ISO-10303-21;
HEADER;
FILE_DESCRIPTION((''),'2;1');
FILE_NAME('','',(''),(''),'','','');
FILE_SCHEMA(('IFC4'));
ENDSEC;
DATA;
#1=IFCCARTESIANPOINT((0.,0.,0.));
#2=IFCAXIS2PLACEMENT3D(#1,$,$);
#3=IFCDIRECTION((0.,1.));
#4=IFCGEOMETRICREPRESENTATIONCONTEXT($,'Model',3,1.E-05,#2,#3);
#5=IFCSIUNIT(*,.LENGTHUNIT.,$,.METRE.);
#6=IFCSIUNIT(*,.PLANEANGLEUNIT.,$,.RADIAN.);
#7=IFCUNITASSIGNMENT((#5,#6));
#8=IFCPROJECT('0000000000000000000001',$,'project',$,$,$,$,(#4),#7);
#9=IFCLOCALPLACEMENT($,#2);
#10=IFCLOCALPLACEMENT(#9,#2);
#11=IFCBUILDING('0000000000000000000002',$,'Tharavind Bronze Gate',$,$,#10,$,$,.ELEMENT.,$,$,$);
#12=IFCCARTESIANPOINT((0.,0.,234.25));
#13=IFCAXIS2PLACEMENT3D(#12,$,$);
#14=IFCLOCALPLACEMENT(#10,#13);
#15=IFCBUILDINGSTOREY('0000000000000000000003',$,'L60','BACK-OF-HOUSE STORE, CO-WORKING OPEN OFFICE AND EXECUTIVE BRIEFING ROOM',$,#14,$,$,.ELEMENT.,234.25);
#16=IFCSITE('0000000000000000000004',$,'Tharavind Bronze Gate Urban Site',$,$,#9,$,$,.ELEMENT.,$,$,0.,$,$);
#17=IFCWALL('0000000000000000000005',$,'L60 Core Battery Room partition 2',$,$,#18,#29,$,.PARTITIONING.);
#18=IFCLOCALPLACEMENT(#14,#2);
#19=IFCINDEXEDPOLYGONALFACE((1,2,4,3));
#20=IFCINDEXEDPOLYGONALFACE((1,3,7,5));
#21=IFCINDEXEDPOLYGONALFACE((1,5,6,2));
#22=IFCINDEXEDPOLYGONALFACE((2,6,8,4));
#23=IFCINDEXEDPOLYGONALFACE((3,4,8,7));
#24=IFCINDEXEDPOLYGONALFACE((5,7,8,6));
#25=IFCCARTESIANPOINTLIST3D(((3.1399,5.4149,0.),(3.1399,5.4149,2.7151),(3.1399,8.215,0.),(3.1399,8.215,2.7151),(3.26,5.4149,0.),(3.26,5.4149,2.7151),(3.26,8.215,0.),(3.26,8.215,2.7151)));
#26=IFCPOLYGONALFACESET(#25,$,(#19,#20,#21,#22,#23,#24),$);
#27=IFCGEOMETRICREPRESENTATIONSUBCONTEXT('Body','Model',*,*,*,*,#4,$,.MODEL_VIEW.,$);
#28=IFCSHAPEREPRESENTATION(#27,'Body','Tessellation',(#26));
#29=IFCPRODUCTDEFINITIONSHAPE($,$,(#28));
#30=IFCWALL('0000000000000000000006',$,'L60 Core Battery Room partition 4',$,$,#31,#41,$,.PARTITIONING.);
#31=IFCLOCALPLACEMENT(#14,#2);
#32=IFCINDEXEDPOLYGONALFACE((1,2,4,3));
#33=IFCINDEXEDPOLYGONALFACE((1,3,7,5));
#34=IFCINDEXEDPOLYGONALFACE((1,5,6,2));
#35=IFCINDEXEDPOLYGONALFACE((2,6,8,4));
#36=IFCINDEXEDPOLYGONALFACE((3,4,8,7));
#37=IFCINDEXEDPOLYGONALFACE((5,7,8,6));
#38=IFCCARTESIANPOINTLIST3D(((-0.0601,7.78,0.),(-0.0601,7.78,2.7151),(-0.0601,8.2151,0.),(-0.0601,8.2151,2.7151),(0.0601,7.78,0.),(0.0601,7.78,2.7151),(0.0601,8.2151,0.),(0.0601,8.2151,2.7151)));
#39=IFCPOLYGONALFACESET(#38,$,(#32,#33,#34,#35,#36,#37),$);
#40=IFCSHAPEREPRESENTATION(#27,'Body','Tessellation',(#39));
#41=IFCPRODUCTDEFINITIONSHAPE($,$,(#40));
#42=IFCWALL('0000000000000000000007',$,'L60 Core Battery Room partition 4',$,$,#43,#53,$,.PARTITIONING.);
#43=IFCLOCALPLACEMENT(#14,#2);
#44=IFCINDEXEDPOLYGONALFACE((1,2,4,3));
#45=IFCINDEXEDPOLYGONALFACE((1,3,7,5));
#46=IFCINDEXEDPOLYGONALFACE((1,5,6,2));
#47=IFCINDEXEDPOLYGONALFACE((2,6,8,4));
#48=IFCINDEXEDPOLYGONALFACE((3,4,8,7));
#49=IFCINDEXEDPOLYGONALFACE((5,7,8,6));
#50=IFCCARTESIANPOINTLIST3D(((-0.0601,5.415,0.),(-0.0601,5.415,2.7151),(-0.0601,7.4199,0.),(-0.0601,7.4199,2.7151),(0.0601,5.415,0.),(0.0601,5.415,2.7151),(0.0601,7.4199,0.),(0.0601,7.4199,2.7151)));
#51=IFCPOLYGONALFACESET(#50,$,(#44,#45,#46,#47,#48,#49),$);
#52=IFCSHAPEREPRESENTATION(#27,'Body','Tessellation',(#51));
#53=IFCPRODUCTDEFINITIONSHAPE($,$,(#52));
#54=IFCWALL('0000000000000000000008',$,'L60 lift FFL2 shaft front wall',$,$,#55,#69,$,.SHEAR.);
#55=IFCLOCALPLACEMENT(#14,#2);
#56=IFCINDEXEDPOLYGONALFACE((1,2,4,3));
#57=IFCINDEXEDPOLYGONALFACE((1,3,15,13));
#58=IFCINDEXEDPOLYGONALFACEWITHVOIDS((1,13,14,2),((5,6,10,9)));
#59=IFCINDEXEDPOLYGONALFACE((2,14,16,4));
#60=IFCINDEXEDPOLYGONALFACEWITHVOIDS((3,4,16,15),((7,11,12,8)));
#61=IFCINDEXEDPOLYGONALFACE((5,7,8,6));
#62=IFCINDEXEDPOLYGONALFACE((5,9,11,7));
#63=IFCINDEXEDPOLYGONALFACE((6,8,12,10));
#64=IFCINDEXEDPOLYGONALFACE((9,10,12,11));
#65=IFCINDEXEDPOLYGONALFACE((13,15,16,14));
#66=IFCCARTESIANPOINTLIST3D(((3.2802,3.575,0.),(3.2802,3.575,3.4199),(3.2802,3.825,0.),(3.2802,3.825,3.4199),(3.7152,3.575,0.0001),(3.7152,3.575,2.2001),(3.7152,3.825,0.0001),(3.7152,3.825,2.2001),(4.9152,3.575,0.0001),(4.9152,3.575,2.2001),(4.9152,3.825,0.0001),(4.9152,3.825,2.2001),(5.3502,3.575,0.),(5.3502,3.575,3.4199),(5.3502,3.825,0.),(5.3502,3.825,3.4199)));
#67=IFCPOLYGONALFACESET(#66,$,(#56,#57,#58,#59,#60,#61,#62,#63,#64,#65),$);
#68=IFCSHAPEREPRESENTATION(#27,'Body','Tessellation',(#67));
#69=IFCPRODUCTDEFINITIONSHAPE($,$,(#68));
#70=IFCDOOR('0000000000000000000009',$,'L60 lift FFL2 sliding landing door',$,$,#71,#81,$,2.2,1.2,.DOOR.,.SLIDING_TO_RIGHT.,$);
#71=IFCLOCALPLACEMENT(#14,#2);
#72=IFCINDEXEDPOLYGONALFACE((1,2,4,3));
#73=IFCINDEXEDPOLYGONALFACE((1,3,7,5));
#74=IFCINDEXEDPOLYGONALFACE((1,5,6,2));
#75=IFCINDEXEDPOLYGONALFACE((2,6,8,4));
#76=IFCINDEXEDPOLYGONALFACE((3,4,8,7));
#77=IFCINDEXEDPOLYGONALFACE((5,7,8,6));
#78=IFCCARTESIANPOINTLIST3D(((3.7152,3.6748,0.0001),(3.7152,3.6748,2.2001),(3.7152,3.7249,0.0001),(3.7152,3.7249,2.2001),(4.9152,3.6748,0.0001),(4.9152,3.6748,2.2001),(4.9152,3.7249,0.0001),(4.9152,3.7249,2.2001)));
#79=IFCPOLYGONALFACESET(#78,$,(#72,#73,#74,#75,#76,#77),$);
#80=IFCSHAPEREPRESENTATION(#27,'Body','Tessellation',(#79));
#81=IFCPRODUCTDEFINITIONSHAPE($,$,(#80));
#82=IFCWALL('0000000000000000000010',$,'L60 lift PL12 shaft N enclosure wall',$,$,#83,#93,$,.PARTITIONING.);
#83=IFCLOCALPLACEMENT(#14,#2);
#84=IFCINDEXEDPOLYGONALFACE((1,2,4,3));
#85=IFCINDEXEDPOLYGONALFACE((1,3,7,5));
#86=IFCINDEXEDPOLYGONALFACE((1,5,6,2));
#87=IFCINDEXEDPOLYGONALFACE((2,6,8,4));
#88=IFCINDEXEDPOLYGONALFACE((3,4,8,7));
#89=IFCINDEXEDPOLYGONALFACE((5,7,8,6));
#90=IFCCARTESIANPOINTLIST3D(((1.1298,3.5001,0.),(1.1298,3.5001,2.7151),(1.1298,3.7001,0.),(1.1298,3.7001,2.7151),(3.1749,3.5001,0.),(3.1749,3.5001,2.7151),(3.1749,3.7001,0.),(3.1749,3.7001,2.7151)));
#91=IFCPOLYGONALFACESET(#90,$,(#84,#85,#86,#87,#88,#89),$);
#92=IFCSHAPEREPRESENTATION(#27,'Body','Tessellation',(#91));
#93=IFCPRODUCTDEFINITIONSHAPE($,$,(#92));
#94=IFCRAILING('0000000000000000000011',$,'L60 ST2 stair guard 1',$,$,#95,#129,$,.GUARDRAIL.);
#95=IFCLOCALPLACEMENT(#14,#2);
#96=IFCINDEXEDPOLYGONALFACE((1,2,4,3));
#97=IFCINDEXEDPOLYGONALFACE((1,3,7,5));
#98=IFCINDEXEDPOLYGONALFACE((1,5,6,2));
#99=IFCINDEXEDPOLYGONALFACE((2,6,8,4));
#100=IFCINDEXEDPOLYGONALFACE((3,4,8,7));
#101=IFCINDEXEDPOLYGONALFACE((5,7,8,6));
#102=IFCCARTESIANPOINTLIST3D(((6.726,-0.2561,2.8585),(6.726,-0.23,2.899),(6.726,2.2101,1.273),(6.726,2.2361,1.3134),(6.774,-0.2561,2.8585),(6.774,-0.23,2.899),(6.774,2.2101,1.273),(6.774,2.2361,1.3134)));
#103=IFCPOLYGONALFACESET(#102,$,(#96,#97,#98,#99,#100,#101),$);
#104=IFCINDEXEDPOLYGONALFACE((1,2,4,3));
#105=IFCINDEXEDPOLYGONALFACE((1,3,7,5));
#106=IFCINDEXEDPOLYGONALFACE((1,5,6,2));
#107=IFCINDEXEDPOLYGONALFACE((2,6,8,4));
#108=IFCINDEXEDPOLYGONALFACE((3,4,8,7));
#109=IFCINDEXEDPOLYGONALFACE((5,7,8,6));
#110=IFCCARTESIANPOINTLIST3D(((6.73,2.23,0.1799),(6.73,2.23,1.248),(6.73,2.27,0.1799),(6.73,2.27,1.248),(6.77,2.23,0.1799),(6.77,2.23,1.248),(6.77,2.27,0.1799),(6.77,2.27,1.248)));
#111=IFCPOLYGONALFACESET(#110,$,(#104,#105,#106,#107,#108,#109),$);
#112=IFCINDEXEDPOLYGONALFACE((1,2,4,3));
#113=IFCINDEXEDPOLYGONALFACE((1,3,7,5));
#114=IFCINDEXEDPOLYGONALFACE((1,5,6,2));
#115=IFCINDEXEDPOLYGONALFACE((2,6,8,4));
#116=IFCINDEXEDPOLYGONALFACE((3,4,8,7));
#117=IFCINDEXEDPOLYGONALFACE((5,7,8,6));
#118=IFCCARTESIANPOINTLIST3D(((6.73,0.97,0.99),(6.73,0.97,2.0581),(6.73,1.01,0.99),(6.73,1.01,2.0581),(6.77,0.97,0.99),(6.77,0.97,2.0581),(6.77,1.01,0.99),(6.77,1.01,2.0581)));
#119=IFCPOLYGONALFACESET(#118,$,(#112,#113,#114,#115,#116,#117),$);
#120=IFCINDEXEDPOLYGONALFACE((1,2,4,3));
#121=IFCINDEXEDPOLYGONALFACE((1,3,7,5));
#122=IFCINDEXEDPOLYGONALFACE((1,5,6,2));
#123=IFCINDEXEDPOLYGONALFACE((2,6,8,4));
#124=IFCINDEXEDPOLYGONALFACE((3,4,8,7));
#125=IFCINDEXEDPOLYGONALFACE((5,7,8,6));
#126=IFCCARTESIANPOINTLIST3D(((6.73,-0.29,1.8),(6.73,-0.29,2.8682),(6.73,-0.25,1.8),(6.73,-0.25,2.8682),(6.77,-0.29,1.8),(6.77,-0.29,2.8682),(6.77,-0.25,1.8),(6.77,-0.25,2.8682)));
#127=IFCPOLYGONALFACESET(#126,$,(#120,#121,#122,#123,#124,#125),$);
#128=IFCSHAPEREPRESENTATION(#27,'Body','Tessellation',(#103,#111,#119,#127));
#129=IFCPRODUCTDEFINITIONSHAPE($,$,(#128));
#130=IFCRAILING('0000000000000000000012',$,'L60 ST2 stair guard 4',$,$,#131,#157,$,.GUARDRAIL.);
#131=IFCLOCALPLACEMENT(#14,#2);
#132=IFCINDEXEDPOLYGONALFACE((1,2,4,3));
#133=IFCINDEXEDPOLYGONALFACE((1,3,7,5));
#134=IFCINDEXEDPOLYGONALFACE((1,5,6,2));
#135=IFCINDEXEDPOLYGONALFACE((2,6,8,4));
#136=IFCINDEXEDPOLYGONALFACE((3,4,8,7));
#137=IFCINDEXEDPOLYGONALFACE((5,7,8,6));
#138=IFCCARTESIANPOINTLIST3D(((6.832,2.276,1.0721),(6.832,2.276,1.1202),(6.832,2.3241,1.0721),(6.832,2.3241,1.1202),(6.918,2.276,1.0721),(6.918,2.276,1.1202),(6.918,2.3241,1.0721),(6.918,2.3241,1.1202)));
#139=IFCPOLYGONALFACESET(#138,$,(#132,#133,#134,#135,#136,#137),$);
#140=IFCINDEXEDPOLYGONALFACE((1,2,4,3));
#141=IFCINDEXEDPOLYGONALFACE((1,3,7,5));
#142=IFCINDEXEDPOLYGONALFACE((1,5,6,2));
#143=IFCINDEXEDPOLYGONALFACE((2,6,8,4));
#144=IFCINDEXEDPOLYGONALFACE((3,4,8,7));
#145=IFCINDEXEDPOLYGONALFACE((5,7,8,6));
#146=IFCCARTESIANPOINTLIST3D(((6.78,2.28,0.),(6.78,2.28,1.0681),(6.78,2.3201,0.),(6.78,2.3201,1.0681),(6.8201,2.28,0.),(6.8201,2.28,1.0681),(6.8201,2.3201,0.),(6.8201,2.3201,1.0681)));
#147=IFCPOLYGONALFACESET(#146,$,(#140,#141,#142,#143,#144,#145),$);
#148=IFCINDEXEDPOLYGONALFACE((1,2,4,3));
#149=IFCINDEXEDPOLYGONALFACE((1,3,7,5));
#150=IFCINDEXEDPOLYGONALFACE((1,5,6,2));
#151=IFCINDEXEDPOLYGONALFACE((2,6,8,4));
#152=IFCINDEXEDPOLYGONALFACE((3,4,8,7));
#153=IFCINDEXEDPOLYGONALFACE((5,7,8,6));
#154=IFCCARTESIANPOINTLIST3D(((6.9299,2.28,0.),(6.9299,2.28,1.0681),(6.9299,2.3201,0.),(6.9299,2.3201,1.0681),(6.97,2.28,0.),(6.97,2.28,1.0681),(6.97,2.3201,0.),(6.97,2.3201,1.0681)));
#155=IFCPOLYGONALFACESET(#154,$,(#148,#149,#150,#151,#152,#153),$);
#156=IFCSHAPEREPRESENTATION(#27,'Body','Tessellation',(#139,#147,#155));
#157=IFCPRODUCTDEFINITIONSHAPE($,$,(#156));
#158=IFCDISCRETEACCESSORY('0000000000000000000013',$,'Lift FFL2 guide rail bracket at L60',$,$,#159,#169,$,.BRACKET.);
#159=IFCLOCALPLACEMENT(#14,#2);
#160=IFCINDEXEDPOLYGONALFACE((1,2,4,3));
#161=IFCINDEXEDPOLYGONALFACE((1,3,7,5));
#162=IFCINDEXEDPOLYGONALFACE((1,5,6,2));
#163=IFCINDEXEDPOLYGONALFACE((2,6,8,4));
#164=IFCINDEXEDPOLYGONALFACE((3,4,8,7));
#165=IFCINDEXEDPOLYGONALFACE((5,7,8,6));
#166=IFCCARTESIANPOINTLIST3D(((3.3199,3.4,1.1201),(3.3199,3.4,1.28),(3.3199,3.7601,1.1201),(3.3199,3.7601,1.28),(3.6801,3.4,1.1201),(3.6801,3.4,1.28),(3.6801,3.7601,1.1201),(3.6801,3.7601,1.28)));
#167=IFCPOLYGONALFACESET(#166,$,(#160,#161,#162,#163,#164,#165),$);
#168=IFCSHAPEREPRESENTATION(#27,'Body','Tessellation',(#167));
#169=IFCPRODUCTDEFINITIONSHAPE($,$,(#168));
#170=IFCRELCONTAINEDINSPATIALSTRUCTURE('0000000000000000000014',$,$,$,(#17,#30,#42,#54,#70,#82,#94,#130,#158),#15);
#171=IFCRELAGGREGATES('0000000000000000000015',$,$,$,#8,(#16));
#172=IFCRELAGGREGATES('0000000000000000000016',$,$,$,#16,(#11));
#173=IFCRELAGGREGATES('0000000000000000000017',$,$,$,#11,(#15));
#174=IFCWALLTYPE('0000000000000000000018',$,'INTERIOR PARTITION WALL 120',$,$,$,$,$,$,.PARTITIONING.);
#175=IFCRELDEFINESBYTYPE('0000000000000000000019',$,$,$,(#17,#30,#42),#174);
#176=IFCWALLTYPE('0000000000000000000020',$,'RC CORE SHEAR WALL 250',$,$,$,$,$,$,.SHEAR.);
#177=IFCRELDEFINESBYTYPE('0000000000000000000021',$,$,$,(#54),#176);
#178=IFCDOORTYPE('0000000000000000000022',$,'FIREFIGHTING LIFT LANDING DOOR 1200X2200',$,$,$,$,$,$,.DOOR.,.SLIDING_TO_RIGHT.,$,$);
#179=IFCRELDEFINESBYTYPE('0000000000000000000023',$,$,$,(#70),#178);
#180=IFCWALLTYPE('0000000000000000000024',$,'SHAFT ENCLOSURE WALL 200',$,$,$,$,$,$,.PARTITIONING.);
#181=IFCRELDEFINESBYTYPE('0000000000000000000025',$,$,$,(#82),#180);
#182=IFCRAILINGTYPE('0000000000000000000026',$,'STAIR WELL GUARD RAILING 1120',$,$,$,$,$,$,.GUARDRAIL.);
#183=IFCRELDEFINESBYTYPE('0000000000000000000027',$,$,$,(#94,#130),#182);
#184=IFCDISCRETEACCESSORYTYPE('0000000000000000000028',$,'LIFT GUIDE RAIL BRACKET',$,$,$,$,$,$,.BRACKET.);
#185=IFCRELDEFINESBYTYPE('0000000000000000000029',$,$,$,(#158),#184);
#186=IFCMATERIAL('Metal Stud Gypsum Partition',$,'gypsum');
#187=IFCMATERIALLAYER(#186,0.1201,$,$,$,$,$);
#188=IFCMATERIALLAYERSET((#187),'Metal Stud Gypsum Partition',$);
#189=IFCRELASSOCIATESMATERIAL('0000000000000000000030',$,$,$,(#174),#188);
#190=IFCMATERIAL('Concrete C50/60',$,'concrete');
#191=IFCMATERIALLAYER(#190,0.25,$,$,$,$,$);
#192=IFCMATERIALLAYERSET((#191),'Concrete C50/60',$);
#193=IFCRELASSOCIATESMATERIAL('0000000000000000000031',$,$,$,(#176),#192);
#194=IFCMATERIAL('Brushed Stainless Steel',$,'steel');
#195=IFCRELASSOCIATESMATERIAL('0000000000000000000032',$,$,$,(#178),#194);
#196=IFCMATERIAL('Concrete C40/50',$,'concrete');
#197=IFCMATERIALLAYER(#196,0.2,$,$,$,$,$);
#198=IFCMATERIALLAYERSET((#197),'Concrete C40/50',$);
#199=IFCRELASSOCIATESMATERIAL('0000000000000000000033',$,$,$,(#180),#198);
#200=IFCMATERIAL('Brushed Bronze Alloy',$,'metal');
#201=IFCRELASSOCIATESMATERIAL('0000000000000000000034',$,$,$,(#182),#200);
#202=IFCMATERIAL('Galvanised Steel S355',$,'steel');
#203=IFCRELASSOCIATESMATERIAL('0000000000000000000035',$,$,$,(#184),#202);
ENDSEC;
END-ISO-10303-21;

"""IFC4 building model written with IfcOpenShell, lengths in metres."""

from ifc_helpers import new_model, si_unit, direction, frame, frame_2d, origin, origin_2d, place, context, subcontext, project, spatial, rectangle, extrude, material, layer, layer_set, type_object, element, fill, save


model = new_model("IFC4")

# Units and contexts
model_context = context("Model", 3, precision=1e-05, world=origin(), true_north=direction((0.0, 1.0)))
body_context = subcontext(model_context, "Body", "Model", "MODEL_VIEW")
ifc_project = project(units=[si_unit("LENGTHUNIT", "METRE"), si_unit("PLANEANGLEUNIT", "RADIAN")], contexts=[model_context])

# Site, building, storey
site_placement = place(None, origin())
site = spatial("IfcSite", under=ifc_project, at=site_placement, Name="Tharavind Bronze Gate Urban Site", CompositionType="ELEMENT", RefElevation=0.0)
building_placement = place(site_placement, origin())
building = spatial("IfcBuilding", under=site, at=building_placement, Name="Tharavind Bronze Gate", CompositionType="ELEMENT")
storey_placement = place(building_placement, frame((0.0, 0.0, 234.25)))
storey = spatial("IfcBuildingStorey", under=building, at=storey_placement, Name="L60", Description="BACK-OF-HOUSE STORE, CO-WORKING OPEN OFFICE AND EXECUTIVE BRIEFING ROOM", CompositionType="ELEMENT", Elevation=234.25)

# Shared definitions
ifc_material_1 = material(Name="Concrete C50/60", Category="concrete")

# Walls
ifc_material_2 = material(Name="Metal Stud Gypsum Partition", Category="gypsum")
ifc_layer_1 = layer(ifc_material_2, 0.1201)
ifc_layer_set_1 = layer_set([ifc_layer_1], Name="Metal Stud Gypsum Partition")
wall_type_1 = type_object("IfcWallType", Name="INTERIOR PARTITION WALL 120", PredefinedType="PARTITIONING", material=ifc_layer_set_1)
wall_1_placement = place(storey_placement, frame((3.2, 5.415, 0.0), z_axis=(0.0, 0.0, 1.0), x_axis=(0.0, 1.0, 0.0)))
element("IfcWall", 1, at=wall_1_placement, inside=storey, type_object=wall_type_1, Name="L60 Core Battery Room partition 2", PredefinedType="PARTITIONING", context=body_context, shape_type="SweptSolid", body=[
    extrude(rectangle(XDim=2.8, YDim=0.1201, at=frame_2d((1.3999, 0.0))), origin(), (0.0, 0.0, 1.0), 2.7151),
])
wall_2_placement = place(storey_placement, frame((0.0, 8.2151, 0.0), z_axis=(0.0, 0.0, 1.0), x_axis=(0.0, -1.0, 0.0)))
element("IfcWall", 2, at=wall_2_placement, inside=storey, type_object=wall_type_1, Name="L60 Core Battery Room partition 4", PredefinedType="PARTITIONING", context=body_context, shape_type="SweptSolid", body=[
    extrude(rectangle(XDim=0.4351, YDim=0.1201, at=frame_2d((0.2175, 0.0))), origin(), (0.0, 0.0, 1.0), 2.7151),
])
wall_3_placement = place(storey_placement, frame((0.0, 7.4199, 0.0), z_axis=(0.0, 0.0, 1.0), x_axis=(0.0, -1.0, 0.0)))
element("IfcWall", 3, at=wall_3_placement, inside=storey, type_object=wall_type_1, Name="L60 Core Battery Room partition 4", PredefinedType="PARTITIONING", context=body_context, shape_type="SweptSolid", body=[
    extrude(rectangle(XDim=2.0049, YDim=0.1201, at=frame_2d((1.0024, 0.0))), origin(), (0.0, 0.0, 1.0), 2.7151),
])

# Wall, opening, door
ifc_layer_2 = layer(ifc_material_1, 0.25)
ifc_layer_set_2 = layer_set([ifc_layer_2], Name="Concrete C50/60")
wall_type_2 = type_object("IfcWallType", Name="RC CORE SHEAR WALL 250", PredefinedType="SHEAR", material=ifc_layer_set_2)
wall_4_placement = place(storey_placement, frame((3.28, 3.7, 0.0), z_axis=(0.0, 0.0, 1.0), x_axis=(1.0, 0.0, 0.0)))
wall_4 = element("IfcWall", 4, at=wall_4_placement, inside=storey, type_object=wall_type_2, Name="L60 lift FFL2 shaft front wall", PredefinedType="SHEAR", context=body_context, shape_type="SweptSolid", body=[
    extrude(rectangle(XDim=2.0701, YDim=0.25, at=frame_2d((1.0352, 0.0))), origin(), (0.0, 0.0, 1.0), 3.4199),
])
opening_1_placement = place(wall_4_placement, frame((0.4351, 0.0, 0.0)))
opening_1 = element("IfcOpeningElement", 5, at=opening_1_placement, cuts=wall_4, PredefinedType="OPENING", context=body_context, shape_type="SweptSolid", body=[
    extrude(rectangle(XDim=1.2, YDim=2.2, at=frame_2d((0.6001, 1.1001))), frame((0.0, 0.135, 0.0), z_axis=(0.0, -1.0, 0.0), x_axis=(1.0, 0.0, 0.0)), (0.0, 0.0, 1.0), 0.27),
])
ifc_material_3 = material(Name="Brushed Stainless Steel", Category="steel")
door_type_1 = type_object("IfcDoorType", Name="FIREFIGHTING LIFT LANDING DOOR 1200X2200", OperationType="SLIDING_TO_RIGHT", PredefinedType="DOOR", material=ifc_material_3)
door_1_placement = place(opening_1_placement, origin())
door_1 = element("IfcDoor", 6, at=door_1_placement, inside=storey, type_object=door_type_1, Name="L60 lift FFL2 sliding landing door", OperationType="SLIDING_TO_RIGHT", OverallHeight=2.2, OverallWidth=1.2, PredefinedType="DOOR", context=body_context, shape_type="SweptSolid", body=[
    extrude(rectangle(XDim=1.2, YDim=2.2, at=frame_2d((0.6001, 1.1001))), frame((0.0, 0.0249, 0.0), z_axis=(0.0, -1.0, 0.0), x_axis=(1.0, 0.0, 0.0)), (0.0, 0.0, 1.0), 0.05),
])
fill(opening_1, door_1)

# Wall
ifc_material_4 = material(Name="Concrete C40/50", Category="concrete")
ifc_layer_3 = layer(ifc_material_4, 0.2)
ifc_layer_set_3 = layer_set([ifc_layer_3], Name="Concrete C40/50")
wall_type_3 = type_object("IfcWallType", Name="SHAFT ENCLOSURE WALL 200", PredefinedType="PARTITIONING", material=ifc_layer_set_3)
wall_5_placement = place(storey_placement, frame((1.1299, 3.6001, 0.0), z_axis=(0.0, 0.0, 1.0), x_axis=(1.0, 0.0, 0.0)))
element("IfcWall", 7, at=wall_5_placement, inside=storey, type_object=wall_type_3, Name="L60 lift PL12 shaft N enclosure wall", PredefinedType="PARTITIONING", context=body_context, shape_type="SweptSolid", body=[
    extrude(rectangle(XDim=2.0452, YDim=0.2, at=frame_2d((1.0225, 0.0))), origin(), (0.0, 0.0, 1.0), 2.7151),
])

# Railings
ifc_material_5 = material(Name="Brushed Bronze Alloy", Category="metal")
railing_type = type_object("IfcRailingType", Name="STAIR WELL GUARD RAILING 1120", PredefinedType="GUARDRAIL", material=ifc_material_5)
railing_1_placement = place(storey_placement, frame((6.75, 2.25, 0.1799)))
element("IfcRailing", 8, at=railing_1_placement, inside=storey, type_object=railing_type, Name="L60 ST2 stair guard 1", PredefinedType="GUARDRAIL", context=body_context, shape_type="SweptSolid", body=[
    extrude(rectangle(XDim=0.0481, YDim=0.0481, at=origin_2d()), frame((0.0, -0.0269, 1.1133), z_axis=(0.0, -0.841163, 0.540782), x_axis=(1.0, 0.0, 0.0)), (0.0, 0.0, 1.0), 2.9319),
    extrude(rectangle(XDim=0.04, YDim=0.04, at=origin_2d()), origin(), (0.0, 0.0, 1.0), 1.0681),
    extrude(rectangle(XDim=0.04, YDim=0.04, at=origin_2d()), frame((0.0, -1.26, 0.8101)), (0.0, 0.0, 1.0), 1.0681),
    extrude(rectangle(XDim=0.04, YDim=0.04, at=origin_2d()), frame((0.0, -2.52, 1.6201)), (0.0, 0.0, 1.0), 1.0681),
])
railing_2_placement = place(storey_placement, frame((6.8, 2.3, 0.0)))
element("IfcRailing", 9, at=railing_2_placement, inside=storey, type_object=railing_type, Name="L60 ST2 stair guard 4", PredefinedType="GUARDRAIL", context=body_context, shape_type="SweptSolid", body=[
    extrude(rectangle(XDim=0.0481, YDim=0.0481, at=origin_2d()), frame((0.032, 0.0, 1.0962), z_axis=(1.0, 0.0, 0.0), x_axis=(0.0, 1.0, 0.0)), (0.0, 0.0, 1.0), 0.0859),
    extrude(rectangle(XDim=0.04, YDim=0.04, at=origin_2d()), origin(), (0.0, 0.0, 1.0), 1.0681),
    extrude(rectangle(XDim=0.04, YDim=0.04, at=origin_2d()), frame((0.1499, 0.0, 0.0)), (0.0, 0.0, 1.0), 1.0681),
])

# Discrete accessory
ifc_material_6 = material(Name="Galvanised Steel S355", Category="steel")
discrete_accessory_type = type_object("IfcDiscreteAccessoryType", Name="LIFT GUIDE RAIL BRACKET", PredefinedType="BRACKET", material=ifc_material_6)
discrete_accessory_placement = place(storey_placement, frame((3.5, 3.5801, 1.1201), z_axis=(0.0, 0.0, 1.0), x_axis=(1.0, 0.0, 0.0)))
element("IfcDiscreteAccessory", 10, at=discrete_accessory_placement, inside=storey, type_object=discrete_accessory_type, Name="Lift FFL2 guide rail bracket at L60", PredefinedType="BRACKET", context=body_context, shape_type="SweptSolid", body=[
    extrude(rectangle(XDim=0.3601, YDim=0.3601, at=origin_2d()), origin(), (0.0, 0.0, 1.0), 0.1599),
])

save(model, "model.ifc")
